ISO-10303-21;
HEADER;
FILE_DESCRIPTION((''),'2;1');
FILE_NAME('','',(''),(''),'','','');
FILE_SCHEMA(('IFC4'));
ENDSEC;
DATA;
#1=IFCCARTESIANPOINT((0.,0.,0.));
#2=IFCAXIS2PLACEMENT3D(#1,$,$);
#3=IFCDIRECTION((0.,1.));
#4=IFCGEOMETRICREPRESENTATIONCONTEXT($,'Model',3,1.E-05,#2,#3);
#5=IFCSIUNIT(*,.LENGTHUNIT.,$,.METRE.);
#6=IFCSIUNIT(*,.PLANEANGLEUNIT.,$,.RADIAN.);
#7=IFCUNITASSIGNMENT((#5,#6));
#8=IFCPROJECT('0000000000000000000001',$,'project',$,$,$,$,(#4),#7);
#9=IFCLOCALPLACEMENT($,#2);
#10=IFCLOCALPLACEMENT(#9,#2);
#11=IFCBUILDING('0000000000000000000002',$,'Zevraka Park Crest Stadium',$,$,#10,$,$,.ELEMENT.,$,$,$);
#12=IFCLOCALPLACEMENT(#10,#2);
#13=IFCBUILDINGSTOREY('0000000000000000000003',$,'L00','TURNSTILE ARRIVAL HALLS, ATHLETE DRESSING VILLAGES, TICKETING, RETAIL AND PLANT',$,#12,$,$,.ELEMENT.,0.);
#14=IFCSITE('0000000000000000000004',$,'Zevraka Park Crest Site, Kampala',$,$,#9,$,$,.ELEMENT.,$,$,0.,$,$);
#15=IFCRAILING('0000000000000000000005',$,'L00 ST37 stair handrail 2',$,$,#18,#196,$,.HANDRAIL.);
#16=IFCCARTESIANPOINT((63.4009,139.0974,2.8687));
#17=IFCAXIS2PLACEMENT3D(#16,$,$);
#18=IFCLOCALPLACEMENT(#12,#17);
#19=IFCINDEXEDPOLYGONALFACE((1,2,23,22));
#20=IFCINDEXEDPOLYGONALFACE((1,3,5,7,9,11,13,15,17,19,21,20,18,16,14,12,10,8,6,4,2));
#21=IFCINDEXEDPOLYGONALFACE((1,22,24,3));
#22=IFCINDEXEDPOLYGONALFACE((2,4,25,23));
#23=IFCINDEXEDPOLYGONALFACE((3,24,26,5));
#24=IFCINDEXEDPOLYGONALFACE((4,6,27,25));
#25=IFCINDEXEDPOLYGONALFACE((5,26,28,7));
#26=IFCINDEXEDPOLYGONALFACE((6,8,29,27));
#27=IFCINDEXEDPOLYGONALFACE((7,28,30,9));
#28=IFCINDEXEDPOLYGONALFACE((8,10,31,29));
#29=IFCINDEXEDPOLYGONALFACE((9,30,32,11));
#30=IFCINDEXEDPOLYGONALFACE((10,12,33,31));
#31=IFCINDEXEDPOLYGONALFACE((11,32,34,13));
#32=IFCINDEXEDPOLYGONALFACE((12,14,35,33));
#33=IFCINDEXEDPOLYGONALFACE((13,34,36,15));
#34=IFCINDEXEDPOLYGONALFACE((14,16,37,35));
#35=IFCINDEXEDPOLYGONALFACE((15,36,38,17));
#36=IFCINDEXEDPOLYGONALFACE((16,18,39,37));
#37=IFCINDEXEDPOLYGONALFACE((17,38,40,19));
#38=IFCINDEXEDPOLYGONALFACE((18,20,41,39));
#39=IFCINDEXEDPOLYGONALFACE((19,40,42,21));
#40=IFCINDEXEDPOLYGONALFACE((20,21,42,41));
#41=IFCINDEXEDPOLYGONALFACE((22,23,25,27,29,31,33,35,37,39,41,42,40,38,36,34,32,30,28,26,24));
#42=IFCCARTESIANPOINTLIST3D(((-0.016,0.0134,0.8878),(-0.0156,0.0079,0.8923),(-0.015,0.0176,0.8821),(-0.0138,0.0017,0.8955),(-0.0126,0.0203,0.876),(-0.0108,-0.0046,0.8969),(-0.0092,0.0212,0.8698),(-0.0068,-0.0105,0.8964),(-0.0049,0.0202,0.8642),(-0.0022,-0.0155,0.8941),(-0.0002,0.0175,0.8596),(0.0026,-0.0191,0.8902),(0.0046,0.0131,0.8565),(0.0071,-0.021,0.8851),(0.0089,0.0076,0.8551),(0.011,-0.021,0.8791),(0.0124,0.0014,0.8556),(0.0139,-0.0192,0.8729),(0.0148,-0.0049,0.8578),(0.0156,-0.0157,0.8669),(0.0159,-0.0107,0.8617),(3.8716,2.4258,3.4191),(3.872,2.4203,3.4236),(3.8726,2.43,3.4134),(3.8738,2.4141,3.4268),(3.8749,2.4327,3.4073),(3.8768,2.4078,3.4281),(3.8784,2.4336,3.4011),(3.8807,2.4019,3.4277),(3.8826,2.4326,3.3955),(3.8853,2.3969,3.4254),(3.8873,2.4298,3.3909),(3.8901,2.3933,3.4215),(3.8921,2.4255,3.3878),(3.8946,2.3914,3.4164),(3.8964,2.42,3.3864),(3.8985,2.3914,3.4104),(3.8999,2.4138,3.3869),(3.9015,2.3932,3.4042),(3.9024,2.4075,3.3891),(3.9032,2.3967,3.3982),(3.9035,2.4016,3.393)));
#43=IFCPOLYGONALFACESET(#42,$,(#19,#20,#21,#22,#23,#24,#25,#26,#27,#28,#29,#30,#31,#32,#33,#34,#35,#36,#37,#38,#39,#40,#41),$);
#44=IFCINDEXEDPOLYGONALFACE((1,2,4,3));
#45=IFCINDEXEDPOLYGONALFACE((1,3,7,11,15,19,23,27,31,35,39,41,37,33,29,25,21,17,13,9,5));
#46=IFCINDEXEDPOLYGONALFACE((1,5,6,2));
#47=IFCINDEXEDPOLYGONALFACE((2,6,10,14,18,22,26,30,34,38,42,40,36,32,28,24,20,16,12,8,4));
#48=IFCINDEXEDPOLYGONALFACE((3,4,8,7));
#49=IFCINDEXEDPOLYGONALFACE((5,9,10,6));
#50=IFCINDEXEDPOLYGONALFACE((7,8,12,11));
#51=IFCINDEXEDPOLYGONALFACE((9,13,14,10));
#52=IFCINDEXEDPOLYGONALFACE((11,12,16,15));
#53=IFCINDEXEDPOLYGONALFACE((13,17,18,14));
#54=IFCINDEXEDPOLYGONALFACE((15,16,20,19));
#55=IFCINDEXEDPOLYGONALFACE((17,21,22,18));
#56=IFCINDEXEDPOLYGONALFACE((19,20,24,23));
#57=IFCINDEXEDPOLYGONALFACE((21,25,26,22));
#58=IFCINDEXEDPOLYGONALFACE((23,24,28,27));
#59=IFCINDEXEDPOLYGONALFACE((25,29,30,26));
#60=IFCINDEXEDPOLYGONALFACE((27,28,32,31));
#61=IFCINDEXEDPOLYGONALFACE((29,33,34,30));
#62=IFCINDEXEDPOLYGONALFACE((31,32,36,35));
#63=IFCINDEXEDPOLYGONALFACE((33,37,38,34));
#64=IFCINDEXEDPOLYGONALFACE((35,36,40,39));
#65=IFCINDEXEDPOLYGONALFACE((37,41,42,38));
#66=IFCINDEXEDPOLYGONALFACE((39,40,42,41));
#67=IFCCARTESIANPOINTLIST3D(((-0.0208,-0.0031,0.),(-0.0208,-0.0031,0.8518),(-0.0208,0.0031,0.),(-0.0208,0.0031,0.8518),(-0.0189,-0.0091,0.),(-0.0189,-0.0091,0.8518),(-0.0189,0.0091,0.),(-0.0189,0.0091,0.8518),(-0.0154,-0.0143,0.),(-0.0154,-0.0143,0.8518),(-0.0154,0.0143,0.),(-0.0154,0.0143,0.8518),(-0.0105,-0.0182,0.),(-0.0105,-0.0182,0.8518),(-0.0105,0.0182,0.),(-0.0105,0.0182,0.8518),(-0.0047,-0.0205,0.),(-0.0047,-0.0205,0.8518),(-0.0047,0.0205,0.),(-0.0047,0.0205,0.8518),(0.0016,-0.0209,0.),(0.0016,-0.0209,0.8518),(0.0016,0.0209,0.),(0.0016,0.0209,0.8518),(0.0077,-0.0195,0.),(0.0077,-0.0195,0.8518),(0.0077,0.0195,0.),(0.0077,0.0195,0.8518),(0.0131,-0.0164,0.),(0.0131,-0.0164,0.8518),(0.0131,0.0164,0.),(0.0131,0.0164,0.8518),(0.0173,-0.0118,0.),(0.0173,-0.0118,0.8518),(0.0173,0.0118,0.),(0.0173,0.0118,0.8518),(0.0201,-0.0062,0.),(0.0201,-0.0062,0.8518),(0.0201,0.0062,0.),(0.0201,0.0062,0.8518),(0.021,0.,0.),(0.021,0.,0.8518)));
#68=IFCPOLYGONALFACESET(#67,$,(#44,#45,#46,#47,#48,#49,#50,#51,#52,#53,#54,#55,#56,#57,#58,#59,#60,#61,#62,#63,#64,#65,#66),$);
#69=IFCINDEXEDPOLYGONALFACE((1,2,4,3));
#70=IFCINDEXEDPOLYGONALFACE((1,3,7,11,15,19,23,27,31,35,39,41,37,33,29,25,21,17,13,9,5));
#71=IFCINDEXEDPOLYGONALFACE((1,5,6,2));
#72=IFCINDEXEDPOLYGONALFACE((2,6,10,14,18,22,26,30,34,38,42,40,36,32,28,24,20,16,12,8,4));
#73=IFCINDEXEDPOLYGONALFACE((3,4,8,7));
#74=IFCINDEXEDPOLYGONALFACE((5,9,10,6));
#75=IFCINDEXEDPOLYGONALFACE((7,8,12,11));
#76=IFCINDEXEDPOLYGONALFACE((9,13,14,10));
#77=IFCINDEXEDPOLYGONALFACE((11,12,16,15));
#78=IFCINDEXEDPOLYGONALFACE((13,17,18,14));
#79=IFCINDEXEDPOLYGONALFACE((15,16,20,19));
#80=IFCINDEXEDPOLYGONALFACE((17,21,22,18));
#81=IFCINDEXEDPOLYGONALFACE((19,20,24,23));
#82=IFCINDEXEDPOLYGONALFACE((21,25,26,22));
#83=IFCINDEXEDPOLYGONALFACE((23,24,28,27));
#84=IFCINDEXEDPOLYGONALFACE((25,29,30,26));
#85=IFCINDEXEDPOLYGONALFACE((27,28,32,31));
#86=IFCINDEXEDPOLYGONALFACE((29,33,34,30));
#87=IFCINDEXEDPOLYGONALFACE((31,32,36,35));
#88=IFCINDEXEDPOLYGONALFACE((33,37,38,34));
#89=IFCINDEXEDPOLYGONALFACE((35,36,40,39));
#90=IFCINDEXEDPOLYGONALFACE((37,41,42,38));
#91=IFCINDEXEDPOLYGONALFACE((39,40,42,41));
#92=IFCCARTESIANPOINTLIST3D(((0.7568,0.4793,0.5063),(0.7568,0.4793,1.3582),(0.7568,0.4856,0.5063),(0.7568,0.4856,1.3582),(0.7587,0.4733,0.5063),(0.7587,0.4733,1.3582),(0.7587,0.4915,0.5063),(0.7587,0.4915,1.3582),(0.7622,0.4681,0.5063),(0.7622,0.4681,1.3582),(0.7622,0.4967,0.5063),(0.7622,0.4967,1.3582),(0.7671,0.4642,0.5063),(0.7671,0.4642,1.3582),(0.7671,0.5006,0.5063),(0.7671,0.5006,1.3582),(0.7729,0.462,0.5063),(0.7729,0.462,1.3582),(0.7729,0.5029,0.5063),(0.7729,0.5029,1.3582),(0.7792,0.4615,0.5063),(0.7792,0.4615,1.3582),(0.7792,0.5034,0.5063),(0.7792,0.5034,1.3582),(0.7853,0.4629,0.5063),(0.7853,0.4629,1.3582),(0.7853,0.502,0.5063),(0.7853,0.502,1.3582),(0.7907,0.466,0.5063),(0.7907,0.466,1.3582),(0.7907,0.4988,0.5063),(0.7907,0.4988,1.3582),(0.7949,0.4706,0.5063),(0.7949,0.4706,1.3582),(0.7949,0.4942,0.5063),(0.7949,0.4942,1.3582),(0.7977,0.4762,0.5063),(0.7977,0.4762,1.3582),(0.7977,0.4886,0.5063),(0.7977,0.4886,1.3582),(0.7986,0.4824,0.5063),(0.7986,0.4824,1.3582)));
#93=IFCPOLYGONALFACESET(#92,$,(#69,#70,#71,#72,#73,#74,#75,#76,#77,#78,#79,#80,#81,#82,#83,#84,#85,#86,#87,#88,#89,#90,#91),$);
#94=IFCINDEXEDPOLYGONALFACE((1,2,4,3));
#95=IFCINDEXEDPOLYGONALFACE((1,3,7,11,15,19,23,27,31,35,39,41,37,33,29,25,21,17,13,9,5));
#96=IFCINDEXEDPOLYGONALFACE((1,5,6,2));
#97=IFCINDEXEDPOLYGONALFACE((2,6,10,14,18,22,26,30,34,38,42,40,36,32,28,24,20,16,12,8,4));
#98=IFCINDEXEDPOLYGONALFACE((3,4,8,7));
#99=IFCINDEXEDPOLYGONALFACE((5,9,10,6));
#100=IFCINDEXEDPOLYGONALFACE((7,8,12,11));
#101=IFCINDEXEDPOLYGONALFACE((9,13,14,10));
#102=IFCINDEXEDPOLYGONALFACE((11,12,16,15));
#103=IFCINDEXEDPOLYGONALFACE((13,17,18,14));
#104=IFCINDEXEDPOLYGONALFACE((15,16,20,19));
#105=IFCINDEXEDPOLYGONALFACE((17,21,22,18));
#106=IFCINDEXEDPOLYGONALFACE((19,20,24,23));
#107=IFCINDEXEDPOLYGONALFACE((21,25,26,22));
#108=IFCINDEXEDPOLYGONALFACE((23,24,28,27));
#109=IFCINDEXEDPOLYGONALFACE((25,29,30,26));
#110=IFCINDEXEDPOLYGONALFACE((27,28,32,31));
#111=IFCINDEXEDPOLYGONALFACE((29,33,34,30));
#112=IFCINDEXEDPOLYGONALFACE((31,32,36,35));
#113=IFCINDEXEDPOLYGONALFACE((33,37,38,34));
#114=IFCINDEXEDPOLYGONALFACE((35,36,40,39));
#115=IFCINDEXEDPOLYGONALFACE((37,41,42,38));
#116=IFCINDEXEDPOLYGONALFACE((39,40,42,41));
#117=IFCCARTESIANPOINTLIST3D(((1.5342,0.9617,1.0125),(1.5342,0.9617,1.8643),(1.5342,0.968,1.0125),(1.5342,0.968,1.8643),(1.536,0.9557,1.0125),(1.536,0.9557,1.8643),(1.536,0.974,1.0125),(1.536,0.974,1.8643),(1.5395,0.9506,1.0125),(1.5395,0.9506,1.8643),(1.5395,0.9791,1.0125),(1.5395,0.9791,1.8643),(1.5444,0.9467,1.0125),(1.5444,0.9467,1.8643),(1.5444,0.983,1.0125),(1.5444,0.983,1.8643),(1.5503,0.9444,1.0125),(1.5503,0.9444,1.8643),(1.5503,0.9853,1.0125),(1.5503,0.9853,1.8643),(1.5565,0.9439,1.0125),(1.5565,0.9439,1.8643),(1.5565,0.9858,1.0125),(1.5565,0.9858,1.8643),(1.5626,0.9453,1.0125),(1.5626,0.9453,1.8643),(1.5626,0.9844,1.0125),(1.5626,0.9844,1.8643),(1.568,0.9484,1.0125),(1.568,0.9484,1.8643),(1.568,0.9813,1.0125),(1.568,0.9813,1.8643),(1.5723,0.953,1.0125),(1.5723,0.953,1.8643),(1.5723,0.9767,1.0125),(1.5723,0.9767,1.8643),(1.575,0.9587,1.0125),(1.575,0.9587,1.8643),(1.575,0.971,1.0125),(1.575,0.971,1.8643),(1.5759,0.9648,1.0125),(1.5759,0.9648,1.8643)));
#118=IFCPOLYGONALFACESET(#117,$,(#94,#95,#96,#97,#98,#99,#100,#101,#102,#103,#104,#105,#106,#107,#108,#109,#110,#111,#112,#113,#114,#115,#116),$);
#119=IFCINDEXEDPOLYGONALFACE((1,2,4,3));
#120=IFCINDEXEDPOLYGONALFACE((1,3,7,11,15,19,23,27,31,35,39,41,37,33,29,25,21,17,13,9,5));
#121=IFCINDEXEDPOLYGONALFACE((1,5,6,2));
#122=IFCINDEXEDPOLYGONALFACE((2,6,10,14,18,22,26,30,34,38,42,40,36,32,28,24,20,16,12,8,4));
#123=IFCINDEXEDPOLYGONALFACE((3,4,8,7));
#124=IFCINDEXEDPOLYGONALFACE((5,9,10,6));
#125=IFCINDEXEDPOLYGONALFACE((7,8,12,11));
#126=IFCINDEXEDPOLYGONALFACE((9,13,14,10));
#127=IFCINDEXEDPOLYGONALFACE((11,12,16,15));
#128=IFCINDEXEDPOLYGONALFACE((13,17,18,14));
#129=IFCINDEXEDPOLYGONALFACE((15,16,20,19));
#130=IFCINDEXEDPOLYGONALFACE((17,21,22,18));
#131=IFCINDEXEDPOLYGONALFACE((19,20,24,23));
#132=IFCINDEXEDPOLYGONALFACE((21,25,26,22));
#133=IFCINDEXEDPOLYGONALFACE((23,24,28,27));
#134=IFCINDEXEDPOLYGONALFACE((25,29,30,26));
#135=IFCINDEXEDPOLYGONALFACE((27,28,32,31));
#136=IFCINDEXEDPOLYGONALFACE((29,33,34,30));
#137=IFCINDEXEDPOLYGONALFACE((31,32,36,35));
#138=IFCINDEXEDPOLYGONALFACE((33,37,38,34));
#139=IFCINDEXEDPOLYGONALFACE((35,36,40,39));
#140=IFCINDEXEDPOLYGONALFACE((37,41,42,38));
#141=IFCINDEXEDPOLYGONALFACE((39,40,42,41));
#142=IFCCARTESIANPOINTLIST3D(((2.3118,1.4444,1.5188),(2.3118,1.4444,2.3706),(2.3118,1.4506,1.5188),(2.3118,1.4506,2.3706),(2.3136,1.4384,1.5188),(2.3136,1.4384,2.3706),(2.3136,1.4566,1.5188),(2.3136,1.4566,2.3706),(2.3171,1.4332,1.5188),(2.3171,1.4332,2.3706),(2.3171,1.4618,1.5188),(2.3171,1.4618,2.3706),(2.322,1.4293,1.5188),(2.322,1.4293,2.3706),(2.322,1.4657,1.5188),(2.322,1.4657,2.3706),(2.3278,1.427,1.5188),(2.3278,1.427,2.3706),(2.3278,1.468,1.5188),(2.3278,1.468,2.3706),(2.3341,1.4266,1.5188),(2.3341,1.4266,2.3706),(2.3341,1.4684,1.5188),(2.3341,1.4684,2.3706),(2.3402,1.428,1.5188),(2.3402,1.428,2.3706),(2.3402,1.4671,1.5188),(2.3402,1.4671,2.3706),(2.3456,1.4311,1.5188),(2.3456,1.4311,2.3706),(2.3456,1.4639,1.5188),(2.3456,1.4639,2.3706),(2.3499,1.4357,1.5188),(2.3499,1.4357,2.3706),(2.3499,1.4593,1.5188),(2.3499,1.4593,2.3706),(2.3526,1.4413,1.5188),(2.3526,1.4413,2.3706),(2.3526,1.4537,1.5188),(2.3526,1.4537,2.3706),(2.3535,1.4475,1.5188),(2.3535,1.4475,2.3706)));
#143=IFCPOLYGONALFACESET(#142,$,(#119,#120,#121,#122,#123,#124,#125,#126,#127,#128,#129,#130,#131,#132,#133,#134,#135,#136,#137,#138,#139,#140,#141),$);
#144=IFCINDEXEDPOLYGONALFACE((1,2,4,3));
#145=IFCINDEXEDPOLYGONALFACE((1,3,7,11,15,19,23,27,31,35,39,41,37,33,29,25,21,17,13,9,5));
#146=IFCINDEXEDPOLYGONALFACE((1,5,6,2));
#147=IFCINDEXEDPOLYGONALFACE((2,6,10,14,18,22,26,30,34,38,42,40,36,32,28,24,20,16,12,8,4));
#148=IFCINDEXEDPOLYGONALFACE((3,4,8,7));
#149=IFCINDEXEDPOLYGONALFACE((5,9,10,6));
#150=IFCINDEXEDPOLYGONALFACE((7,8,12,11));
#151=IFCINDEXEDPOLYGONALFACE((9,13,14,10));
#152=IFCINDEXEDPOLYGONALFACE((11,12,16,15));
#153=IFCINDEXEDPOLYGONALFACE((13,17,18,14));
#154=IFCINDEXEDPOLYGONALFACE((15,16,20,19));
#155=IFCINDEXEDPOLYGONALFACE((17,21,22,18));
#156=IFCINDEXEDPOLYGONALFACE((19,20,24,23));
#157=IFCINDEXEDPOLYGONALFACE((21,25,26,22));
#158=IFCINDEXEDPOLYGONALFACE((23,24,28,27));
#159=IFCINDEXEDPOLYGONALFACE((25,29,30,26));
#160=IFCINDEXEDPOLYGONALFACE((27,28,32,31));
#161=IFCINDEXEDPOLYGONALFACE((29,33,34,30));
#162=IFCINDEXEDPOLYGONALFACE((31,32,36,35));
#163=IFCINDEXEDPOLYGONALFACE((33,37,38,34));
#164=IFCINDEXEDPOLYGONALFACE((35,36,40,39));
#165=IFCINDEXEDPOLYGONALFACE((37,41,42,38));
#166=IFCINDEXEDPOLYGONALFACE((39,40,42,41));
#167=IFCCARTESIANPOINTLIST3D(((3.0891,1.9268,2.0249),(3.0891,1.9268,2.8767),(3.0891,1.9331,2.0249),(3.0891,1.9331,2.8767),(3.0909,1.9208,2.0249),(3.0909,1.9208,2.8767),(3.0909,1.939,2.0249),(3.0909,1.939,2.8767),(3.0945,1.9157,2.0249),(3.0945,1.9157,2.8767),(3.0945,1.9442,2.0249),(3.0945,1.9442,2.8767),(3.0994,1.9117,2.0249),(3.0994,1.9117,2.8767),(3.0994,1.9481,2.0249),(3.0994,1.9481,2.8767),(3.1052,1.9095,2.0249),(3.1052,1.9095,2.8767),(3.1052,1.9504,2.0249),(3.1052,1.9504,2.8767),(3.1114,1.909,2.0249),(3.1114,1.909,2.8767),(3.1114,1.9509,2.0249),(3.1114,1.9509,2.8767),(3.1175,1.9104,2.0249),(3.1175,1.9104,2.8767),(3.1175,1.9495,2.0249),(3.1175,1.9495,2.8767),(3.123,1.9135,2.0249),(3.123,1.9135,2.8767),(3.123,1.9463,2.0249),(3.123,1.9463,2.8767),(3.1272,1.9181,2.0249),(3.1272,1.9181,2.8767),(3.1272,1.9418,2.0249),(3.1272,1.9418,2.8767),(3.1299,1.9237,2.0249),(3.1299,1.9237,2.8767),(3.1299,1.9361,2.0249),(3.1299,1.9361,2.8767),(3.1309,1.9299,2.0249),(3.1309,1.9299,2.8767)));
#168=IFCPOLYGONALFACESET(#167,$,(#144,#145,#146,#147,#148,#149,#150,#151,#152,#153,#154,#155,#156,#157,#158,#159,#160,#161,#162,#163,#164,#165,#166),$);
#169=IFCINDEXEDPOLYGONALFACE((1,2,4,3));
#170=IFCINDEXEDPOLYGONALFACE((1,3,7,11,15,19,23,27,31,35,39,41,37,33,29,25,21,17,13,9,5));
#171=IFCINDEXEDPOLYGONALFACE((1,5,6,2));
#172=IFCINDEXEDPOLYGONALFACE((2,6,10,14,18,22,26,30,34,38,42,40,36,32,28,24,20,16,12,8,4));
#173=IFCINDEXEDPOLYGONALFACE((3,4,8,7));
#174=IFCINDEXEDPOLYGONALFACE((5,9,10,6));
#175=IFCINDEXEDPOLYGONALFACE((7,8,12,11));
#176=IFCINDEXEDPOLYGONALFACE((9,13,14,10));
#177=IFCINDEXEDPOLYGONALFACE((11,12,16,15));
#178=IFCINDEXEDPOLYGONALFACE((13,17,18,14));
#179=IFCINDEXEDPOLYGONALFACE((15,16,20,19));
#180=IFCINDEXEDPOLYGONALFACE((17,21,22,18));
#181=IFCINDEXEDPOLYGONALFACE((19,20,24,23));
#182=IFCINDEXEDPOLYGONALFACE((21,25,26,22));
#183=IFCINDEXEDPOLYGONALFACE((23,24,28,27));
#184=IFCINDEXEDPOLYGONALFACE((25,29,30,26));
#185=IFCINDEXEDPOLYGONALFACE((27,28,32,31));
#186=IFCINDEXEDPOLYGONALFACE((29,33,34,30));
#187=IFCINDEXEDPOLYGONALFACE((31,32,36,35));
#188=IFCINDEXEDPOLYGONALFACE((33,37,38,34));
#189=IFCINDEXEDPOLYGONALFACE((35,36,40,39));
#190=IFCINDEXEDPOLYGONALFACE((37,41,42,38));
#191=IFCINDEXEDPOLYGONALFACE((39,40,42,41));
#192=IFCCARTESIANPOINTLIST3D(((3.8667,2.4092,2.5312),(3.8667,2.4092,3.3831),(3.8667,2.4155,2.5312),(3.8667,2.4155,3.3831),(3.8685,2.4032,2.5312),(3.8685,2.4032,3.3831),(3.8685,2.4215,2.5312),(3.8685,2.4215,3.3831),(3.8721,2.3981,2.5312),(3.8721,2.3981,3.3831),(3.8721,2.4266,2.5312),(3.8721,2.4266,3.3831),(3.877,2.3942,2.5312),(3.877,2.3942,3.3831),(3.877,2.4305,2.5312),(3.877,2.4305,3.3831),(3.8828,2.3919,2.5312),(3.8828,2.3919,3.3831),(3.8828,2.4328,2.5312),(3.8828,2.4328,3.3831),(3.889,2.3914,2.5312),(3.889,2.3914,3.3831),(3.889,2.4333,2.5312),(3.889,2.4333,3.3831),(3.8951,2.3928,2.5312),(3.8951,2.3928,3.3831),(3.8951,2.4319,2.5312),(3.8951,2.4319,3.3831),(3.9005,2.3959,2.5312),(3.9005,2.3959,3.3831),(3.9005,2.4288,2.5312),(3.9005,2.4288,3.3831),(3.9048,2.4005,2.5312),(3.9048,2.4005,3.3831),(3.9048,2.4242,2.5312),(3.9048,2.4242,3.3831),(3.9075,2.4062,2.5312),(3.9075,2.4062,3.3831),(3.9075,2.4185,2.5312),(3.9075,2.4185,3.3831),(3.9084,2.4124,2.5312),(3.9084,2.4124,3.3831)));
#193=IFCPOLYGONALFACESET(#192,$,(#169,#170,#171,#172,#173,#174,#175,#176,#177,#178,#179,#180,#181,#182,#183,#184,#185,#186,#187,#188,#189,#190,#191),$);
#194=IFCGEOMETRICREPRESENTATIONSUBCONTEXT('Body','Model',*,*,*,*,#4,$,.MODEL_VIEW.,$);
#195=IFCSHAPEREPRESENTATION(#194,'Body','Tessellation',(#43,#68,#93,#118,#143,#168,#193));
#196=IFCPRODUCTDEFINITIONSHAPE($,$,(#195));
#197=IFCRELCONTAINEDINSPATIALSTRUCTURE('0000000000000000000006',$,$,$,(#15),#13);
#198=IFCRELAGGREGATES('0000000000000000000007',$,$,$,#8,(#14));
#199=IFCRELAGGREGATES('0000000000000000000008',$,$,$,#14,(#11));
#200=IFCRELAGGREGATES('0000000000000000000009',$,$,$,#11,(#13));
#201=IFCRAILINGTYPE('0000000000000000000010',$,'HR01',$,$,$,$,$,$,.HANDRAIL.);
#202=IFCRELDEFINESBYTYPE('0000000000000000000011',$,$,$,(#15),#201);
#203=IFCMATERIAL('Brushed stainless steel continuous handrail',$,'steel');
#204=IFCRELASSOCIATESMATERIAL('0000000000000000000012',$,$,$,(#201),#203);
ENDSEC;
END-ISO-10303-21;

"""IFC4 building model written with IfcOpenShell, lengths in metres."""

from ifc_helpers import new_model, si_unit, direction, frame, origin, origin_2d, place, context, subcontext, project, spatial, circle, extrude, material, type_object, element, save


model = new_model("IFC4")

# Units and contexts
model_context = context("Model", 3, precision=1e-05, world=origin(), true_north=direction((0.0, 1.0)))
body_context = subcontext(model_context, "Body", "Model", "MODEL_VIEW")
ifc_project = project(units=[si_unit("LENGTHUNIT", "METRE"), si_unit("PLANEANGLEUNIT", "RADIAN")], contexts=[model_context])

# Site, building, storey
site_placement = place(None, origin())
site = spatial("IfcSite", under=ifc_project, at=site_placement, Name="Zevraka Park Crest Site, Kampala", CompositionType="ELEMENT", RefElevation=0.0)
building_placement = place(site_placement, origin())
building = spatial("IfcBuilding", under=site, at=building_placement, Name="Zevraka Park Crest Stadium", CompositionType="ELEMENT")
storey_placement = place(building_placement, origin())
storey = spatial("IfcBuildingStorey", under=building, at=storey_placement, Name="L00", Description="TURNSTILE ARRIVAL HALLS, ATHLETE DRESSING VILLAGES, TICKETING, RETAIL AND PLANT", CompositionType="ELEMENT", Elevation=0.0)

# Railing
ifc_material_1 = material(Name="Brushed stainless steel continuous handrail", Category="steel")
railing_type_1 = type_object("IfcRailingType", Name="HR01", PredefinedType="HANDRAIL", material=ifc_material_1)
railing_1_placement = place(storey_placement, frame((63.4009, 139.0974, 2.8687)))
element("IfcRailing", 1, at=railing_1_placement, inside=storey, type_object=railing_type_1, Name="L00 ST37 stair handrail 2", PredefinedType="HANDRAIL", context=body_context, shape_type="SweptSolid", body=[
    extrude(circle(Radius=0.0239, at=origin_2d()), frame((0.0, 0.0, 0.876), z_axis=(0.743488, 0.461371, 0.48411), x_axis=(-0.527277, 0.849694, 0.0)), (0.0, 0.0, 1.0), 5.2288),
    extrude(circle(Radius=0.021, at=origin_2d()), origin(), (0.0, 0.0, 1.0), 0.8518),
    extrude(circle(Radius=0.021, at=origin_2d()), frame((0.7776, 0.4824, 0.5063)), (0.0, 0.0, 1.0), 0.8518),
    extrude(circle(Radius=0.021, at=origin_2d()), frame((1.5549, 0.9648, 1.0125)), (0.0, 0.0, 1.0), 0.8518),
    extrude(circle(Radius=0.021, at=origin_2d()), frame((2.3325, 1.4475, 1.5188)), (0.0, 0.0, 1.0), 0.8518),
    extrude(circle(Radius=0.021, at=origin_2d()), frame((3.1099, 1.9299, 2.0249)), (0.0, 0.0, 1.0), 0.8518),
    extrude(circle(Radius=0.021, at=origin_2d()), frame((3.8875, 2.4124, 2.5312)), (0.0, 0.0, 1.0), 0.8518),
])

save(model, "model.ifc")
